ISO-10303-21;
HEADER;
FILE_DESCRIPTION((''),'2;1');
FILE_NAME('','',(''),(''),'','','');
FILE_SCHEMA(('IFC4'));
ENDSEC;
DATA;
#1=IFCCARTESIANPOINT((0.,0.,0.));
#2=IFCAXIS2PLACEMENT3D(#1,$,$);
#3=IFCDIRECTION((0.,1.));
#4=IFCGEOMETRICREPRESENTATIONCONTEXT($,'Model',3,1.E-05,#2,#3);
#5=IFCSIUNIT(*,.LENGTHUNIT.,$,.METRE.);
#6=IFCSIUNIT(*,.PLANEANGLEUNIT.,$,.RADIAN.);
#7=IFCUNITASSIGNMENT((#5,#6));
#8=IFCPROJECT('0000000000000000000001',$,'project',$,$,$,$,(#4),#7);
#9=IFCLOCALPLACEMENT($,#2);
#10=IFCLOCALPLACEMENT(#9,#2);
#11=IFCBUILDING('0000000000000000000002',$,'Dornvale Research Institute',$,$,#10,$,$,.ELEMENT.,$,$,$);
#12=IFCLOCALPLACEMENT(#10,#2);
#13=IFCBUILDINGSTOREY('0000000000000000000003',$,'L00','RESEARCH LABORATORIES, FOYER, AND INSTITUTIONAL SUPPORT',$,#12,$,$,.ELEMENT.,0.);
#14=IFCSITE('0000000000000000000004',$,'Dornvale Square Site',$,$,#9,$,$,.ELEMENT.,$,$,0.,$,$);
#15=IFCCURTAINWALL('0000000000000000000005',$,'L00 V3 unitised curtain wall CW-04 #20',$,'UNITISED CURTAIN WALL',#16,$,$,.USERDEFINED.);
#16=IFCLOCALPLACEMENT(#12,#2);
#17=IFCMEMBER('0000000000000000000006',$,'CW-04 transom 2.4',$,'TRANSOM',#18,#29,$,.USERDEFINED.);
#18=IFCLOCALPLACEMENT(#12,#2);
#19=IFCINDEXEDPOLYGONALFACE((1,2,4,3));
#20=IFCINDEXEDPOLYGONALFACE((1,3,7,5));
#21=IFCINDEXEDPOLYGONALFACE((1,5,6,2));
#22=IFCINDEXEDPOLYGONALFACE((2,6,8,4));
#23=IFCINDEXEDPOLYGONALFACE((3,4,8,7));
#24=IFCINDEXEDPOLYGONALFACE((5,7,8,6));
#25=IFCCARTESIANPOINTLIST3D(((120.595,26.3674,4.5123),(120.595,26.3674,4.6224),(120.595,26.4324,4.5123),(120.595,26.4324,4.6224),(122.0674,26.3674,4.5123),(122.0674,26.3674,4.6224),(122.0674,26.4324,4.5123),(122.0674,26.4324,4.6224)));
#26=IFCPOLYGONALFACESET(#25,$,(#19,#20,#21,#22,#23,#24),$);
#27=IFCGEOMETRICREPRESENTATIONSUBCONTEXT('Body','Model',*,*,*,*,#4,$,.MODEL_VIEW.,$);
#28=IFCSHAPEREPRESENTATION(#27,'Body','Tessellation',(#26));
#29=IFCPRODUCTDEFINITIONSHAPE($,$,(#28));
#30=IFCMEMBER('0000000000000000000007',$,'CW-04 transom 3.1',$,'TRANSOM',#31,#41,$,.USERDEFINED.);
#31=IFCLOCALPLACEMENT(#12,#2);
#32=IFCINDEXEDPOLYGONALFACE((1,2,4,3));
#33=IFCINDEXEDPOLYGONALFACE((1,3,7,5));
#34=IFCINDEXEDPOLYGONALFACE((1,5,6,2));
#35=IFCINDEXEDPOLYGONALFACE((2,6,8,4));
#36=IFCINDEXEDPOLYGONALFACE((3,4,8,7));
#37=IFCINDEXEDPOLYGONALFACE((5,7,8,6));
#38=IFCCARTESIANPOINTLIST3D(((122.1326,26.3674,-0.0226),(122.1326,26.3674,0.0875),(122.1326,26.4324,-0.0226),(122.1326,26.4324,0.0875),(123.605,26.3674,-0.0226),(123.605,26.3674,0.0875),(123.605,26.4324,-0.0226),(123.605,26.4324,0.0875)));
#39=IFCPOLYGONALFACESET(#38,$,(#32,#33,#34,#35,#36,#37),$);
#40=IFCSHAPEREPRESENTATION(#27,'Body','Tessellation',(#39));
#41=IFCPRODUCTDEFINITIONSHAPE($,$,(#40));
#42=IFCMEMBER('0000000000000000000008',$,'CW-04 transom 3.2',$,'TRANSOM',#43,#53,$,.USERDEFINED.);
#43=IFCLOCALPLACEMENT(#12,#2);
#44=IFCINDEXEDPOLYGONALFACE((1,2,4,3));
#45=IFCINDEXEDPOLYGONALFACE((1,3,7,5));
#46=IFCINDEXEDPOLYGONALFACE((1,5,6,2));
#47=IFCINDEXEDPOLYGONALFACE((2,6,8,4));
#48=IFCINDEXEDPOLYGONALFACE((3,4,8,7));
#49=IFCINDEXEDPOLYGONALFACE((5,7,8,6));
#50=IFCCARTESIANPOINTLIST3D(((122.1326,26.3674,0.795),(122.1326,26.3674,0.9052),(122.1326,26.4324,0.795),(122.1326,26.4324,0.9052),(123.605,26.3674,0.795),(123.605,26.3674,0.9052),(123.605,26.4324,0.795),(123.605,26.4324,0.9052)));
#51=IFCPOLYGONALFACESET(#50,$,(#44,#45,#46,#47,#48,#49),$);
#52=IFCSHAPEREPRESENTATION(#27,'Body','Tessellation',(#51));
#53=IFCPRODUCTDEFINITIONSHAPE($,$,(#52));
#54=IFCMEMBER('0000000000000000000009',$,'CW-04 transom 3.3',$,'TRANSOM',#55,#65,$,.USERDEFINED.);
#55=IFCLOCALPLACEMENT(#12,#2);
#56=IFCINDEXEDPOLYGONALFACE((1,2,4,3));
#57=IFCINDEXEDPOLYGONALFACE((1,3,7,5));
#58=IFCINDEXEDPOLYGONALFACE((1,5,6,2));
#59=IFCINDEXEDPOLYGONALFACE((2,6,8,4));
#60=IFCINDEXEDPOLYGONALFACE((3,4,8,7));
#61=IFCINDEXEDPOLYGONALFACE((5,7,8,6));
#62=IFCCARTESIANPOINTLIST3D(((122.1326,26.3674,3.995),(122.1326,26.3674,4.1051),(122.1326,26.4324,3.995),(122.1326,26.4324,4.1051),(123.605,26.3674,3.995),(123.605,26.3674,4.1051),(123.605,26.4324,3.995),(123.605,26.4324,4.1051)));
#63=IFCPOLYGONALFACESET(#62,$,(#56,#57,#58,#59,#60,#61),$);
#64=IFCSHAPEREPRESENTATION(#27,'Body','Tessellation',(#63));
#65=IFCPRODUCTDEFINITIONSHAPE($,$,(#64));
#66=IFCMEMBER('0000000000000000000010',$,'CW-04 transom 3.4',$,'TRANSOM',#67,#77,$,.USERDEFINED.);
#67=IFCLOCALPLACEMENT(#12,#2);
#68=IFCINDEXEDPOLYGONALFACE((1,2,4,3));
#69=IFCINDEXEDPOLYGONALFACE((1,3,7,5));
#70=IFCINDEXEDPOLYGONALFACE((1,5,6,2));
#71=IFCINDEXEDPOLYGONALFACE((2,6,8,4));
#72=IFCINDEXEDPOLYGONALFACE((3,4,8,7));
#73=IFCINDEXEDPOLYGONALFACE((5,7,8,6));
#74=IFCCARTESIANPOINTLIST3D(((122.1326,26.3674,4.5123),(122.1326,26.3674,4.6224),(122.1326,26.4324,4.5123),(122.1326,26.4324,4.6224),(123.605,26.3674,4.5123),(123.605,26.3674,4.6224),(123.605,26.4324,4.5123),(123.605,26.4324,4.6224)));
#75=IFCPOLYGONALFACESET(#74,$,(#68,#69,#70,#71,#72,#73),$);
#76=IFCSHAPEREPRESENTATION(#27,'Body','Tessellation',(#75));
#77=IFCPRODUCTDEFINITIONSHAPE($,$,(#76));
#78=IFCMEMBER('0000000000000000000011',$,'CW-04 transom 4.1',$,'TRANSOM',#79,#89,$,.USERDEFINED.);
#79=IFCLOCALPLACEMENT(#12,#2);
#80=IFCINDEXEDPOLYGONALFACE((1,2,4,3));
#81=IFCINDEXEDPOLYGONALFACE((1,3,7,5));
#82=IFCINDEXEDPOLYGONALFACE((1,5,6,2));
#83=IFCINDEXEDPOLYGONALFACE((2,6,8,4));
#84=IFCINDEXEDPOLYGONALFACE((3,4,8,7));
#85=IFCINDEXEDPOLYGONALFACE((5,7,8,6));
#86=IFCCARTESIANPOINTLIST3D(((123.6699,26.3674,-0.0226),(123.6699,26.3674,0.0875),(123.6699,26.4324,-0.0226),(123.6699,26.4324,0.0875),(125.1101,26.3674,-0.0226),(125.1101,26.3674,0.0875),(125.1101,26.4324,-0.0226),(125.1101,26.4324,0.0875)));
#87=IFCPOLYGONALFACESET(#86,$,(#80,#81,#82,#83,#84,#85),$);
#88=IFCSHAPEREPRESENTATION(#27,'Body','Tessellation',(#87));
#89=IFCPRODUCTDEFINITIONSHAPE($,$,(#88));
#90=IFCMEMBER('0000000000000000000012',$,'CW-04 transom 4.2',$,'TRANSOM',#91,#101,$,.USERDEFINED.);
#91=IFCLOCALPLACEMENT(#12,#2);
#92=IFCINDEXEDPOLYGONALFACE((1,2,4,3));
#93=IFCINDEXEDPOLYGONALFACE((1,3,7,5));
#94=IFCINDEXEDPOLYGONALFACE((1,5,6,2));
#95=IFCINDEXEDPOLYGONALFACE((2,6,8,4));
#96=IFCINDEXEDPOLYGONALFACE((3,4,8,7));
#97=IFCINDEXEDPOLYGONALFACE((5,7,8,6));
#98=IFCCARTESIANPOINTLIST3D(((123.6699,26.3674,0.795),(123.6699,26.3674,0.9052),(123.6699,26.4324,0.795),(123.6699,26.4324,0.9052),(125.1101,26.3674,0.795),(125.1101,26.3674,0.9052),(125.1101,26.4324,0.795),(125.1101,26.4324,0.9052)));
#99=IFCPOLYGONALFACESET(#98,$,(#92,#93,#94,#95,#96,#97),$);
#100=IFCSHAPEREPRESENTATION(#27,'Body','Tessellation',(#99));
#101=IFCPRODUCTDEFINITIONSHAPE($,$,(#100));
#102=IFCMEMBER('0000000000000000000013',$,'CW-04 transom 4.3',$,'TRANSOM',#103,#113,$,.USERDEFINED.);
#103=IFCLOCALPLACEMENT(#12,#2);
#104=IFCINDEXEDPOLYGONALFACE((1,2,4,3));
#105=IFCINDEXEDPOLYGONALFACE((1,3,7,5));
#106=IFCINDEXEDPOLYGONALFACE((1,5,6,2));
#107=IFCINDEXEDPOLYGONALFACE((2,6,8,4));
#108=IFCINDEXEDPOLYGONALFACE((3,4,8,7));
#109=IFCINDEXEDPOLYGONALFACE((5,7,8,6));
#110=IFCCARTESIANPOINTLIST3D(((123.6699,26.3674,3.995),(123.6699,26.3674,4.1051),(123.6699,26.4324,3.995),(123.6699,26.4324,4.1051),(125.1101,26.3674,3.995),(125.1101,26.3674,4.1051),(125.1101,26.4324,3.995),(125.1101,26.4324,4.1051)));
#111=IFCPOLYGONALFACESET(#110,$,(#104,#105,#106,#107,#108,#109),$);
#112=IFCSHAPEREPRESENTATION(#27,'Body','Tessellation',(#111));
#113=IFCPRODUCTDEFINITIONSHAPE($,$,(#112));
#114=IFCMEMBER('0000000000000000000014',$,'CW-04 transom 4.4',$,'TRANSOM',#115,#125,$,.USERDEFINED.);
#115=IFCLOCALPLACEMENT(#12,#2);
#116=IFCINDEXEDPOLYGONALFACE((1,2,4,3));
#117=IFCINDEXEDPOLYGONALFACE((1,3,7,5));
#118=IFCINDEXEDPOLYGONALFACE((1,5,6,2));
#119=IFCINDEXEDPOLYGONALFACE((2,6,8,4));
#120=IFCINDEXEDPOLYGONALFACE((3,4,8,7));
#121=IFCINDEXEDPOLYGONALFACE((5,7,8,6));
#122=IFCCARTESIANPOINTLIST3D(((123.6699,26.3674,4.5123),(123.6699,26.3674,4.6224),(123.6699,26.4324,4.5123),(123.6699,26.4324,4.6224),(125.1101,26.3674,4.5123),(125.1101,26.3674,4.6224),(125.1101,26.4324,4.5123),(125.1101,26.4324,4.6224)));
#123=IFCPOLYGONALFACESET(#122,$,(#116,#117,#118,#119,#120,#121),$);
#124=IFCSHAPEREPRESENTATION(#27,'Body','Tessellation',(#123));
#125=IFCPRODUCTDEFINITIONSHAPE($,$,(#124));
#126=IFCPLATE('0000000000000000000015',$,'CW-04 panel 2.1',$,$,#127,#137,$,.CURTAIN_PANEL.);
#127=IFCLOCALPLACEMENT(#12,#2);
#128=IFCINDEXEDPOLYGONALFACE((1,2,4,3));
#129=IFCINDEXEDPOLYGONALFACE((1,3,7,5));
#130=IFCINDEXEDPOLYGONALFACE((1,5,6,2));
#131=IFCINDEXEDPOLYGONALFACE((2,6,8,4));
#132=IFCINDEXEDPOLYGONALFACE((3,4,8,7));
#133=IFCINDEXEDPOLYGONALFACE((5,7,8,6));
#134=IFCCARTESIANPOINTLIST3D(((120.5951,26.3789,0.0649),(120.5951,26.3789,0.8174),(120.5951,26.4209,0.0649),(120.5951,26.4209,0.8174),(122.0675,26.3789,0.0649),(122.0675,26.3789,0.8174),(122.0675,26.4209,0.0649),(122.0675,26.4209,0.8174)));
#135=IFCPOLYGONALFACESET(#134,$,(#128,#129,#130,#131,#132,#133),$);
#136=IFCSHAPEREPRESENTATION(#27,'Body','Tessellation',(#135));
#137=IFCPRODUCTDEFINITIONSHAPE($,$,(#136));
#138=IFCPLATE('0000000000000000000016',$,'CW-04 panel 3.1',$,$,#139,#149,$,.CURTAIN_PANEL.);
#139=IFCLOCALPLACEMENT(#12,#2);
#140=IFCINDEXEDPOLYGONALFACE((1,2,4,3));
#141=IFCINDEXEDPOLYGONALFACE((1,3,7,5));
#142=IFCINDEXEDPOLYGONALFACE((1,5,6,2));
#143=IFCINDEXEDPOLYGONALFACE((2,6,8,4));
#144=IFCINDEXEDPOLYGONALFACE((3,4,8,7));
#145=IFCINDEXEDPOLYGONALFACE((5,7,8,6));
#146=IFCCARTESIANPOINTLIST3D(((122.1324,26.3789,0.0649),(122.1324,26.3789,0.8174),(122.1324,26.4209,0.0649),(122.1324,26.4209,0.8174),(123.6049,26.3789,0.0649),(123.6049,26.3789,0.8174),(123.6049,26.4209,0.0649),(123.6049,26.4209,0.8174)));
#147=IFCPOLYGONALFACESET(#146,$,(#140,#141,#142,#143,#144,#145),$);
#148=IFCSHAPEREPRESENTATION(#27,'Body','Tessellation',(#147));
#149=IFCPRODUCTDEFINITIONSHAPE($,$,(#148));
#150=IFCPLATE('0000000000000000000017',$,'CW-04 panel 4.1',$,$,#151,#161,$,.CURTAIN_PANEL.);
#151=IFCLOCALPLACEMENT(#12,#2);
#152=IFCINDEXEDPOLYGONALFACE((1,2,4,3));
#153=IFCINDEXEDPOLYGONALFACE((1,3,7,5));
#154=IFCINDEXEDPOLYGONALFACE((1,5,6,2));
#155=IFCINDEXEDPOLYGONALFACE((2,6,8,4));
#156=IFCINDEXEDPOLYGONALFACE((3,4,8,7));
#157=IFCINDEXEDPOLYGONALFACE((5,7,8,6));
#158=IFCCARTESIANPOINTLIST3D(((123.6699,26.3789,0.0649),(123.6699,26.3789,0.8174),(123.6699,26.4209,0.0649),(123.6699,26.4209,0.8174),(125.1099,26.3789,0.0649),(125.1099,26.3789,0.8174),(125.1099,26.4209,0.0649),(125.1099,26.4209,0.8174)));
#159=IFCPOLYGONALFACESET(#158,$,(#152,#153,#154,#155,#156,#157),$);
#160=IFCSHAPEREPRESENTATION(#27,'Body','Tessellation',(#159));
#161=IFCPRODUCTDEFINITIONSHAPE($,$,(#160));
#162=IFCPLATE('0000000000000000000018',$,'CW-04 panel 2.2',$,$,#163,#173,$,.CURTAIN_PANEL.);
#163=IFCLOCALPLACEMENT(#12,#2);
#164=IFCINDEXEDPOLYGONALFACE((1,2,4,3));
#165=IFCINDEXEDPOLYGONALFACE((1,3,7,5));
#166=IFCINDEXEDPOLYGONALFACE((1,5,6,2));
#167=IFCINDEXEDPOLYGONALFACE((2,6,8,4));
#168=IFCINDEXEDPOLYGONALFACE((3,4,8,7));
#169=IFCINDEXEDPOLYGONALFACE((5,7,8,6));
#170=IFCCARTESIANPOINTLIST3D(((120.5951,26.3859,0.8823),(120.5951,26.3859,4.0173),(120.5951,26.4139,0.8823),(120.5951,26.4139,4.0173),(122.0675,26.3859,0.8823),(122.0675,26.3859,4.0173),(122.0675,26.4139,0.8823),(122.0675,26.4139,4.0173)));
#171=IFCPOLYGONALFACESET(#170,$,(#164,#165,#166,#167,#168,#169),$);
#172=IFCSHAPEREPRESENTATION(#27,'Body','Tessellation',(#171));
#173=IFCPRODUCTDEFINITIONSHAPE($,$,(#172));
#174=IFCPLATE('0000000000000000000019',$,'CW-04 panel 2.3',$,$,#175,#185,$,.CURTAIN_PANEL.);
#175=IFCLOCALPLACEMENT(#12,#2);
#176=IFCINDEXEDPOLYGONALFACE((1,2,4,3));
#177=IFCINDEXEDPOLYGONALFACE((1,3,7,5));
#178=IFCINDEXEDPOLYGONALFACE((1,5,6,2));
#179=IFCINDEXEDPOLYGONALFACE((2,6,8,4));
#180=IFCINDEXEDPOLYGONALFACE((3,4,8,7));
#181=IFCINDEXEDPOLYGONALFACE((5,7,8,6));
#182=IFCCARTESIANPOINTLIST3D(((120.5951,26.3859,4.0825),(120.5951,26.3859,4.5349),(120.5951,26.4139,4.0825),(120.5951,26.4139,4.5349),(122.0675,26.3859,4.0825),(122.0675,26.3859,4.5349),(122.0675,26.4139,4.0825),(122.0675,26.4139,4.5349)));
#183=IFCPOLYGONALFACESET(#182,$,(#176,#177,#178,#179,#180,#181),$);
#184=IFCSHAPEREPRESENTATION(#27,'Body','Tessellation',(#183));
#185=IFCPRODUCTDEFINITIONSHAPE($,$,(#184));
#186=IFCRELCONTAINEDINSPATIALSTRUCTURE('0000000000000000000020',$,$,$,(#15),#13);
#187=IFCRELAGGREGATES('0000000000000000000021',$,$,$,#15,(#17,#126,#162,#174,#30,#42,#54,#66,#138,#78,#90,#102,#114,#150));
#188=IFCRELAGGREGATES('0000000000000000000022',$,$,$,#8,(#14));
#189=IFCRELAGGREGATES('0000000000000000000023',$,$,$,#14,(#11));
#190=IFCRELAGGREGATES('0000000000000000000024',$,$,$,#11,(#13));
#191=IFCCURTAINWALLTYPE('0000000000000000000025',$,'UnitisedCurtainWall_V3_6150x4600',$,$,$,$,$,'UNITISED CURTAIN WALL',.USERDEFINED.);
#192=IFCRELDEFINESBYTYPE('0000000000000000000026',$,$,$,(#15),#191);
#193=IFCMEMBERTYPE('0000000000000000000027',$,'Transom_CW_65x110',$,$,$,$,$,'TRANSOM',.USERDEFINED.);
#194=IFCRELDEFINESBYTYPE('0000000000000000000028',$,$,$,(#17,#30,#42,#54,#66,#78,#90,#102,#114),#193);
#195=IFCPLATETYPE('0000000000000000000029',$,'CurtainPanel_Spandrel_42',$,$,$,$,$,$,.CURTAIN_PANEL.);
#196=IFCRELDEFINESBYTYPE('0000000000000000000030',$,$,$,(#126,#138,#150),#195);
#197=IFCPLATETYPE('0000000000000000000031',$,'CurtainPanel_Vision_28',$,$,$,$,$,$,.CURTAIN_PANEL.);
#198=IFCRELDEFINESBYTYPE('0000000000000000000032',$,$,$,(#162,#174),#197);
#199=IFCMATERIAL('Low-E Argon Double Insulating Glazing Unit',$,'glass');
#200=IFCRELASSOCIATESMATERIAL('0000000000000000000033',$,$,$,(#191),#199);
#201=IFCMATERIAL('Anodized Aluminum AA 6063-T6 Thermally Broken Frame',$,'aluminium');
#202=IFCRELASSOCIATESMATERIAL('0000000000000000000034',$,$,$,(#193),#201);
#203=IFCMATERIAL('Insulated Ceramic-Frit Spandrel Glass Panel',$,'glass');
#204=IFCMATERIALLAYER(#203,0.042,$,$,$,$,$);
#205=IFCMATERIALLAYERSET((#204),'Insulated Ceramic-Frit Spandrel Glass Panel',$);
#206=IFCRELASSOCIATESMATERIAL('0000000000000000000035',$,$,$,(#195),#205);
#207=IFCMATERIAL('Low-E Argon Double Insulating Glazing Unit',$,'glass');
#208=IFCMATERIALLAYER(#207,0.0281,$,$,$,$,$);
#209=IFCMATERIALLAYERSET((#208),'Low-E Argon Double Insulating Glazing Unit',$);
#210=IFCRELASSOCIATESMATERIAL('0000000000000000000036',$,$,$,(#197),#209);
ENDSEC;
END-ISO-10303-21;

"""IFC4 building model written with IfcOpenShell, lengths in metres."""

from ifc_helpers import new_model, si_unit, direction, frame, origin, origin_2d, place, context, subcontext, project, spatial, rectangle, extrude, material, layer, layer_set, material_profile, profile_set, type_object, element, aggregate, save


model = new_model("IFC4")

# Units and contexts
model_context = context("Model", 3, precision=1e-05, world=origin(), true_north=direction((0.0, 1.0)))
body_context = subcontext(model_context, "Body", "Model", "MODEL_VIEW")
ifc_project = project(units=[si_unit("LENGTHUNIT", "METRE"), si_unit("PLANEANGLEUNIT", "RADIAN")], contexts=[model_context])

# Site, building, storey
site_placement = place(None, origin())
site = spatial("IfcSite", under=ifc_project, at=site_placement, Name="Dornvale Square Site", CompositionType="ELEMENT", RefElevation=0.0)
building_placement = place(site_placement, origin())
building = spatial("IfcBuilding", under=site, at=building_placement, Name="Dornvale Research Institute", CompositionType="ELEMENT")
storey_placement = place(building_placement, origin())
storey = spatial("IfcBuildingStorey", under=building, at=storey_placement, Name="L00", Description="RESEARCH LABORATORIES, FOYER, AND INSTITUTIONAL SUPPORT", CompositionType="ELEMENT", Elevation=0.0)

# Curtain wall, members, plates
ifc_material_1 = material(Name="Low-E Argon Double Insulating Glazing Unit", Category="glass")
curtain_wall_type = type_object("IfcCurtainWallType", Name="UnitisedCurtainWall_V3_6150x4600", ElementType="UNITISED CURTAIN WALL", PredefinedType="USERDEFINED", material=ifc_material_1)
curtain_wall_placement = place(storey_placement, origin())
curtain_wall = element("IfcCurtainWall", 1, at=curtain_wall_placement, inside=storey, type_object=curtain_wall_type, Name="L00 V3 unitised curtain wall CW-04 #20", ObjectType="UNITISED CURTAIN WALL", PredefinedType="USERDEFINED")
ifc_material_2 = material(Name="Anodized Aluminum AA 6063-T6 Thermally Broken Frame", Category="aluminium")
ifc_material_profile_1 = material_profile(ifc_material_2, rectangle(XDim=0.0649, YDim=0.1101, at=origin_2d()), Name="ALU TRANSOM 65x110")
ifc_profile_set_1 = profile_set([ifc_material_profile_1], Name="Anodized Aluminum AA 6063-T6 Thermally Broken Frame")
member_type_1 = type_object("IfcMemberType", Name="Transom_CW_65x110", ElementType="TRANSOM", PredefinedType="USERDEFINED", material=ifc_profile_set_1)
member_1_placement = place(storey_placement, frame((120.595, 26.3999, 4.5674), z_axis=(1.0, 0.0, 0.0), x_axis=(0.0, 1.0, 0.0)))
member_1 = element("IfcMember", 2, at=member_1_placement, type_object=member_type_1, Name="CW-04 transom 2.4", ObjectType="TRANSOM", PredefinedType="USERDEFINED", context=body_context, shape_type="SweptSolid", body=[
    extrude(rectangle(XDim=0.0649, YDim=0.1101, at=origin_2d()), origin(), (0.0, 0.0, 1.0), 1.4724),
])
member_2_placement = place(storey_placement, frame((122.1326, 26.3999, 0.0325), z_axis=(1.0, 0.0, 0.0), x_axis=(0.0, 1.0, 0.0)))
member_2 = element("IfcMember", 3, at=member_2_placement, type_object=member_type_1, Name="CW-04 transom 3.1", ObjectType="TRANSOM", PredefinedType="USERDEFINED", context=body_context, shape_type="SweptSolid", body=[
    extrude(rectangle(XDim=0.0649, YDim=0.1101, at=origin_2d()), origin(), (0.0, 0.0, 1.0), 1.4724),
])
member_3_placement = place(storey_placement, frame((122.1326, 26.3999, 0.8501), z_axis=(1.0, 0.0, 0.0), x_axis=(0.0, 1.0, 0.0)))
member_3 = element("IfcMember", 4, at=member_3_placement, type_object=member_type_1, Name="CW-04 transom 3.2", ObjectType="TRANSOM", PredefinedType="USERDEFINED", context=body_context, shape_type="SweptSolid", body=[
    extrude(rectangle(XDim=0.0649, YDim=0.1101, at=origin_2d()), origin(), (0.0, 0.0, 1.0), 1.4724),
])
member_4_placement = place(storey_placement, frame((122.1326, 26.3999, 4.05), z_axis=(1.0, 0.0, 0.0), x_axis=(0.0, 1.0, 0.0)))
member_4 = element("IfcMember", 5, at=member_4_placement, type_object=member_type_1, Name="CW-04 transom 3.3", ObjectType="TRANSOM", PredefinedType="USERDEFINED", context=body_context, shape_type="SweptSolid", body=[
    extrude(rectangle(XDim=0.0649, YDim=0.1101, at=origin_2d()), origin(), (0.0, 0.0, 1.0), 1.4724),
])
member_5_placement = place(storey_placement, frame((122.1326, 26.3999, 4.5674), z_axis=(1.0, 0.0, 0.0), x_axis=(0.0, 1.0, 0.0)))
member_5 = element("IfcMember", 6, at=member_5_placement, type_object=member_type_1, Name="CW-04 transom 3.4", ObjectType="TRANSOM", PredefinedType="USERDEFINED", context=body_context, shape_type="SweptSolid", body=[
    extrude(rectangle(XDim=0.0649, YDim=0.1101, at=origin_2d()), origin(), (0.0, 0.0, 1.0), 1.4724),
])
member_6_placement = place(storey_placement, frame((123.6699, 26.3999, 0.0325), z_axis=(1.0, 0.0, 0.0), x_axis=(0.0, 1.0, 0.0)))
member_6 = element("IfcMember", 7, at=member_6_placement, type_object=member_type_1, Name="CW-04 transom 4.1", ObjectType="TRANSOM", PredefinedType="USERDEFINED", context=body_context, shape_type="SweptSolid", body=[
    extrude(rectangle(XDim=0.0649, YDim=0.1101, at=origin_2d()), origin(), (0.0, 0.0, 1.0), 1.4402),
])
member_7_placement = place(storey_placement, frame((123.6699, 26.3999, 0.8501), z_axis=(1.0, 0.0, 0.0), x_axis=(0.0, 1.0, 0.0)))
member_7 = element("IfcMember", 8, at=member_7_placement, type_object=member_type_1, Name="CW-04 transom 4.2", ObjectType="TRANSOM", PredefinedType="USERDEFINED", context=body_context, shape_type="SweptSolid", body=[
    extrude(rectangle(XDim=0.0649, YDim=0.1101, at=origin_2d()), origin(), (0.0, 0.0, 1.0), 1.4402),
])
member_8_placement = place(storey_placement, frame((123.6699, 26.3999, 4.05), z_axis=(1.0, 0.0, 0.0), x_axis=(0.0, 1.0, 0.0)))
member_8 = element("IfcMember", 9, at=member_8_placement, type_object=member_type_1, Name="CW-04 transom 4.3", ObjectType="TRANSOM", PredefinedType="USERDEFINED", context=body_context, shape_type="SweptSolid", body=[
    extrude(rectangle(XDim=0.0649, YDim=0.1101, at=origin_2d()), origin(), (0.0, 0.0, 1.0), 1.4402),
])
member_9_placement = place(storey_placement, frame((123.6699, 26.3999, 4.5674), z_axis=(1.0, 0.0, 0.0), x_axis=(0.0, 1.0, 0.0)))
member_9 = element("IfcMember", 10, at=member_9_placement, type_object=member_type_1, Name="CW-04 transom 4.4", ObjectType="TRANSOM", PredefinedType="USERDEFINED", context=body_context, shape_type="SweptSolid", body=[
    extrude(rectangle(XDim=0.0649, YDim=0.1101, at=origin_2d()), origin(), (0.0, 0.0, 1.0), 1.4402),
])
ifc_material_3 = material(Name="Insulated Ceramic-Frit Spandrel Glass Panel", Category="glass")
ifc_layer_1 = layer(ifc_material_3, 0.042)
ifc_layer_set_1 = layer_set([ifc_layer_1], Name="Insulated Ceramic-Frit Spandrel Glass Panel")
plate_type_1 = type_object("IfcPlateType", Name="CurtainPanel_Spandrel_42", PredefinedType="CURTAIN_PANEL", material=ifc_layer_set_1)
plate_1_placement = place(storey_placement, frame((121.3313, 26.3999, 0.0649), z_axis=(0.0, 0.0, 1.0), x_axis=(1.0, 0.0, 0.0)))
plate_1 = element("IfcPlate", 11, at=plate_1_placement, type_object=plate_type_1, Name="CW-04 panel 2.1", PredefinedType="CURTAIN_PANEL", context=body_context, shape_type="SweptSolid", body=[
    extrude(rectangle(XDim=1.4724, YDim=0.042, at=origin_2d()), origin(), (0.0, 0.0, 1.0), 0.7524),
])
plate_2_placement = place(storey_placement, frame((122.8687, 26.3999, 0.0649), z_axis=(0.0, 0.0, 1.0), x_axis=(1.0, 0.0, 0.0)))
plate_2 = element("IfcPlate", 12, at=plate_2_placement, type_object=plate_type_1, Name="CW-04 panel 3.1", PredefinedType="CURTAIN_PANEL", context=body_context, shape_type="SweptSolid", body=[
    extrude(rectangle(XDim=1.4724, YDim=0.042, at=origin_2d()), origin(), (0.0, 0.0, 1.0), 0.7524),
])
plate_3_placement = place(storey_placement, frame((124.3899, 26.3999, 0.0649), z_axis=(0.0, 0.0, 1.0), x_axis=(1.0, 0.0, 0.0)))
plate_3 = element("IfcPlate", 13, at=plate_3_placement, type_object=plate_type_1, Name="CW-04 panel 4.1", PredefinedType="CURTAIN_PANEL", context=body_context, shape_type="SweptSolid", body=[
    extrude(rectangle(XDim=1.4399, YDim=0.042, at=origin_2d()), origin(), (0.0, 0.0, 1.0), 0.7524),
])
ifc_material_4 = material(Name="Low-E Argon Double Insulating Glazing Unit", Category="glass")
ifc_layer_2 = layer(ifc_material_4, 0.0281)
ifc_layer_set_2 = layer_set([ifc_layer_2], Name="Low-E Argon Double Insulating Glazing Unit")
plate_type_2 = type_object("IfcPlateType", Name="CurtainPanel_Vision_28", PredefinedType="CURTAIN_PANEL", material=ifc_layer_set_2)
plate_4_placement = place(storey_placement, frame((121.3313, 26.3999, 0.8823), z_axis=(0.0, 0.0, 1.0), x_axis=(1.0, 0.0, 0.0)))
plate_4 = element("IfcPlate", 14, at=plate_4_placement, type_object=plate_type_2, Name="CW-04 panel 2.2", PredefinedType="CURTAIN_PANEL", context=body_context, shape_type="SweptSolid", body=[
    extrude(rectangle(XDim=1.4724, YDim=0.0281, at=origin_2d()), origin(), (0.0, 0.0, 1.0), 3.135),
])
plate_5_placement = place(storey_placement, frame((121.3313, 26.3999, 4.0825), z_axis=(0.0, 0.0, 1.0), x_axis=(1.0, 0.0, 0.0)))
plate_5 = element("IfcPlate", 15, at=plate_5_placement, type_object=plate_type_2, Name="CW-04 panel 2.3", PredefinedType="CURTAIN_PANEL", context=body_context, shape_type="SweptSolid", body=[
    extrude(rectangle(XDim=1.4724, YDim=0.0281, at=origin_2d()), origin(), (0.0, 0.0, 1.0), 0.4524),
])
aggregate(curtain_wall, [member_1, plate_1, plate_4, plate_5, member_2, member_3, member_4, member_5, plate_2, member_6, member_7, member_8, member_9, plate_3])

save(model, "model.ifc")
